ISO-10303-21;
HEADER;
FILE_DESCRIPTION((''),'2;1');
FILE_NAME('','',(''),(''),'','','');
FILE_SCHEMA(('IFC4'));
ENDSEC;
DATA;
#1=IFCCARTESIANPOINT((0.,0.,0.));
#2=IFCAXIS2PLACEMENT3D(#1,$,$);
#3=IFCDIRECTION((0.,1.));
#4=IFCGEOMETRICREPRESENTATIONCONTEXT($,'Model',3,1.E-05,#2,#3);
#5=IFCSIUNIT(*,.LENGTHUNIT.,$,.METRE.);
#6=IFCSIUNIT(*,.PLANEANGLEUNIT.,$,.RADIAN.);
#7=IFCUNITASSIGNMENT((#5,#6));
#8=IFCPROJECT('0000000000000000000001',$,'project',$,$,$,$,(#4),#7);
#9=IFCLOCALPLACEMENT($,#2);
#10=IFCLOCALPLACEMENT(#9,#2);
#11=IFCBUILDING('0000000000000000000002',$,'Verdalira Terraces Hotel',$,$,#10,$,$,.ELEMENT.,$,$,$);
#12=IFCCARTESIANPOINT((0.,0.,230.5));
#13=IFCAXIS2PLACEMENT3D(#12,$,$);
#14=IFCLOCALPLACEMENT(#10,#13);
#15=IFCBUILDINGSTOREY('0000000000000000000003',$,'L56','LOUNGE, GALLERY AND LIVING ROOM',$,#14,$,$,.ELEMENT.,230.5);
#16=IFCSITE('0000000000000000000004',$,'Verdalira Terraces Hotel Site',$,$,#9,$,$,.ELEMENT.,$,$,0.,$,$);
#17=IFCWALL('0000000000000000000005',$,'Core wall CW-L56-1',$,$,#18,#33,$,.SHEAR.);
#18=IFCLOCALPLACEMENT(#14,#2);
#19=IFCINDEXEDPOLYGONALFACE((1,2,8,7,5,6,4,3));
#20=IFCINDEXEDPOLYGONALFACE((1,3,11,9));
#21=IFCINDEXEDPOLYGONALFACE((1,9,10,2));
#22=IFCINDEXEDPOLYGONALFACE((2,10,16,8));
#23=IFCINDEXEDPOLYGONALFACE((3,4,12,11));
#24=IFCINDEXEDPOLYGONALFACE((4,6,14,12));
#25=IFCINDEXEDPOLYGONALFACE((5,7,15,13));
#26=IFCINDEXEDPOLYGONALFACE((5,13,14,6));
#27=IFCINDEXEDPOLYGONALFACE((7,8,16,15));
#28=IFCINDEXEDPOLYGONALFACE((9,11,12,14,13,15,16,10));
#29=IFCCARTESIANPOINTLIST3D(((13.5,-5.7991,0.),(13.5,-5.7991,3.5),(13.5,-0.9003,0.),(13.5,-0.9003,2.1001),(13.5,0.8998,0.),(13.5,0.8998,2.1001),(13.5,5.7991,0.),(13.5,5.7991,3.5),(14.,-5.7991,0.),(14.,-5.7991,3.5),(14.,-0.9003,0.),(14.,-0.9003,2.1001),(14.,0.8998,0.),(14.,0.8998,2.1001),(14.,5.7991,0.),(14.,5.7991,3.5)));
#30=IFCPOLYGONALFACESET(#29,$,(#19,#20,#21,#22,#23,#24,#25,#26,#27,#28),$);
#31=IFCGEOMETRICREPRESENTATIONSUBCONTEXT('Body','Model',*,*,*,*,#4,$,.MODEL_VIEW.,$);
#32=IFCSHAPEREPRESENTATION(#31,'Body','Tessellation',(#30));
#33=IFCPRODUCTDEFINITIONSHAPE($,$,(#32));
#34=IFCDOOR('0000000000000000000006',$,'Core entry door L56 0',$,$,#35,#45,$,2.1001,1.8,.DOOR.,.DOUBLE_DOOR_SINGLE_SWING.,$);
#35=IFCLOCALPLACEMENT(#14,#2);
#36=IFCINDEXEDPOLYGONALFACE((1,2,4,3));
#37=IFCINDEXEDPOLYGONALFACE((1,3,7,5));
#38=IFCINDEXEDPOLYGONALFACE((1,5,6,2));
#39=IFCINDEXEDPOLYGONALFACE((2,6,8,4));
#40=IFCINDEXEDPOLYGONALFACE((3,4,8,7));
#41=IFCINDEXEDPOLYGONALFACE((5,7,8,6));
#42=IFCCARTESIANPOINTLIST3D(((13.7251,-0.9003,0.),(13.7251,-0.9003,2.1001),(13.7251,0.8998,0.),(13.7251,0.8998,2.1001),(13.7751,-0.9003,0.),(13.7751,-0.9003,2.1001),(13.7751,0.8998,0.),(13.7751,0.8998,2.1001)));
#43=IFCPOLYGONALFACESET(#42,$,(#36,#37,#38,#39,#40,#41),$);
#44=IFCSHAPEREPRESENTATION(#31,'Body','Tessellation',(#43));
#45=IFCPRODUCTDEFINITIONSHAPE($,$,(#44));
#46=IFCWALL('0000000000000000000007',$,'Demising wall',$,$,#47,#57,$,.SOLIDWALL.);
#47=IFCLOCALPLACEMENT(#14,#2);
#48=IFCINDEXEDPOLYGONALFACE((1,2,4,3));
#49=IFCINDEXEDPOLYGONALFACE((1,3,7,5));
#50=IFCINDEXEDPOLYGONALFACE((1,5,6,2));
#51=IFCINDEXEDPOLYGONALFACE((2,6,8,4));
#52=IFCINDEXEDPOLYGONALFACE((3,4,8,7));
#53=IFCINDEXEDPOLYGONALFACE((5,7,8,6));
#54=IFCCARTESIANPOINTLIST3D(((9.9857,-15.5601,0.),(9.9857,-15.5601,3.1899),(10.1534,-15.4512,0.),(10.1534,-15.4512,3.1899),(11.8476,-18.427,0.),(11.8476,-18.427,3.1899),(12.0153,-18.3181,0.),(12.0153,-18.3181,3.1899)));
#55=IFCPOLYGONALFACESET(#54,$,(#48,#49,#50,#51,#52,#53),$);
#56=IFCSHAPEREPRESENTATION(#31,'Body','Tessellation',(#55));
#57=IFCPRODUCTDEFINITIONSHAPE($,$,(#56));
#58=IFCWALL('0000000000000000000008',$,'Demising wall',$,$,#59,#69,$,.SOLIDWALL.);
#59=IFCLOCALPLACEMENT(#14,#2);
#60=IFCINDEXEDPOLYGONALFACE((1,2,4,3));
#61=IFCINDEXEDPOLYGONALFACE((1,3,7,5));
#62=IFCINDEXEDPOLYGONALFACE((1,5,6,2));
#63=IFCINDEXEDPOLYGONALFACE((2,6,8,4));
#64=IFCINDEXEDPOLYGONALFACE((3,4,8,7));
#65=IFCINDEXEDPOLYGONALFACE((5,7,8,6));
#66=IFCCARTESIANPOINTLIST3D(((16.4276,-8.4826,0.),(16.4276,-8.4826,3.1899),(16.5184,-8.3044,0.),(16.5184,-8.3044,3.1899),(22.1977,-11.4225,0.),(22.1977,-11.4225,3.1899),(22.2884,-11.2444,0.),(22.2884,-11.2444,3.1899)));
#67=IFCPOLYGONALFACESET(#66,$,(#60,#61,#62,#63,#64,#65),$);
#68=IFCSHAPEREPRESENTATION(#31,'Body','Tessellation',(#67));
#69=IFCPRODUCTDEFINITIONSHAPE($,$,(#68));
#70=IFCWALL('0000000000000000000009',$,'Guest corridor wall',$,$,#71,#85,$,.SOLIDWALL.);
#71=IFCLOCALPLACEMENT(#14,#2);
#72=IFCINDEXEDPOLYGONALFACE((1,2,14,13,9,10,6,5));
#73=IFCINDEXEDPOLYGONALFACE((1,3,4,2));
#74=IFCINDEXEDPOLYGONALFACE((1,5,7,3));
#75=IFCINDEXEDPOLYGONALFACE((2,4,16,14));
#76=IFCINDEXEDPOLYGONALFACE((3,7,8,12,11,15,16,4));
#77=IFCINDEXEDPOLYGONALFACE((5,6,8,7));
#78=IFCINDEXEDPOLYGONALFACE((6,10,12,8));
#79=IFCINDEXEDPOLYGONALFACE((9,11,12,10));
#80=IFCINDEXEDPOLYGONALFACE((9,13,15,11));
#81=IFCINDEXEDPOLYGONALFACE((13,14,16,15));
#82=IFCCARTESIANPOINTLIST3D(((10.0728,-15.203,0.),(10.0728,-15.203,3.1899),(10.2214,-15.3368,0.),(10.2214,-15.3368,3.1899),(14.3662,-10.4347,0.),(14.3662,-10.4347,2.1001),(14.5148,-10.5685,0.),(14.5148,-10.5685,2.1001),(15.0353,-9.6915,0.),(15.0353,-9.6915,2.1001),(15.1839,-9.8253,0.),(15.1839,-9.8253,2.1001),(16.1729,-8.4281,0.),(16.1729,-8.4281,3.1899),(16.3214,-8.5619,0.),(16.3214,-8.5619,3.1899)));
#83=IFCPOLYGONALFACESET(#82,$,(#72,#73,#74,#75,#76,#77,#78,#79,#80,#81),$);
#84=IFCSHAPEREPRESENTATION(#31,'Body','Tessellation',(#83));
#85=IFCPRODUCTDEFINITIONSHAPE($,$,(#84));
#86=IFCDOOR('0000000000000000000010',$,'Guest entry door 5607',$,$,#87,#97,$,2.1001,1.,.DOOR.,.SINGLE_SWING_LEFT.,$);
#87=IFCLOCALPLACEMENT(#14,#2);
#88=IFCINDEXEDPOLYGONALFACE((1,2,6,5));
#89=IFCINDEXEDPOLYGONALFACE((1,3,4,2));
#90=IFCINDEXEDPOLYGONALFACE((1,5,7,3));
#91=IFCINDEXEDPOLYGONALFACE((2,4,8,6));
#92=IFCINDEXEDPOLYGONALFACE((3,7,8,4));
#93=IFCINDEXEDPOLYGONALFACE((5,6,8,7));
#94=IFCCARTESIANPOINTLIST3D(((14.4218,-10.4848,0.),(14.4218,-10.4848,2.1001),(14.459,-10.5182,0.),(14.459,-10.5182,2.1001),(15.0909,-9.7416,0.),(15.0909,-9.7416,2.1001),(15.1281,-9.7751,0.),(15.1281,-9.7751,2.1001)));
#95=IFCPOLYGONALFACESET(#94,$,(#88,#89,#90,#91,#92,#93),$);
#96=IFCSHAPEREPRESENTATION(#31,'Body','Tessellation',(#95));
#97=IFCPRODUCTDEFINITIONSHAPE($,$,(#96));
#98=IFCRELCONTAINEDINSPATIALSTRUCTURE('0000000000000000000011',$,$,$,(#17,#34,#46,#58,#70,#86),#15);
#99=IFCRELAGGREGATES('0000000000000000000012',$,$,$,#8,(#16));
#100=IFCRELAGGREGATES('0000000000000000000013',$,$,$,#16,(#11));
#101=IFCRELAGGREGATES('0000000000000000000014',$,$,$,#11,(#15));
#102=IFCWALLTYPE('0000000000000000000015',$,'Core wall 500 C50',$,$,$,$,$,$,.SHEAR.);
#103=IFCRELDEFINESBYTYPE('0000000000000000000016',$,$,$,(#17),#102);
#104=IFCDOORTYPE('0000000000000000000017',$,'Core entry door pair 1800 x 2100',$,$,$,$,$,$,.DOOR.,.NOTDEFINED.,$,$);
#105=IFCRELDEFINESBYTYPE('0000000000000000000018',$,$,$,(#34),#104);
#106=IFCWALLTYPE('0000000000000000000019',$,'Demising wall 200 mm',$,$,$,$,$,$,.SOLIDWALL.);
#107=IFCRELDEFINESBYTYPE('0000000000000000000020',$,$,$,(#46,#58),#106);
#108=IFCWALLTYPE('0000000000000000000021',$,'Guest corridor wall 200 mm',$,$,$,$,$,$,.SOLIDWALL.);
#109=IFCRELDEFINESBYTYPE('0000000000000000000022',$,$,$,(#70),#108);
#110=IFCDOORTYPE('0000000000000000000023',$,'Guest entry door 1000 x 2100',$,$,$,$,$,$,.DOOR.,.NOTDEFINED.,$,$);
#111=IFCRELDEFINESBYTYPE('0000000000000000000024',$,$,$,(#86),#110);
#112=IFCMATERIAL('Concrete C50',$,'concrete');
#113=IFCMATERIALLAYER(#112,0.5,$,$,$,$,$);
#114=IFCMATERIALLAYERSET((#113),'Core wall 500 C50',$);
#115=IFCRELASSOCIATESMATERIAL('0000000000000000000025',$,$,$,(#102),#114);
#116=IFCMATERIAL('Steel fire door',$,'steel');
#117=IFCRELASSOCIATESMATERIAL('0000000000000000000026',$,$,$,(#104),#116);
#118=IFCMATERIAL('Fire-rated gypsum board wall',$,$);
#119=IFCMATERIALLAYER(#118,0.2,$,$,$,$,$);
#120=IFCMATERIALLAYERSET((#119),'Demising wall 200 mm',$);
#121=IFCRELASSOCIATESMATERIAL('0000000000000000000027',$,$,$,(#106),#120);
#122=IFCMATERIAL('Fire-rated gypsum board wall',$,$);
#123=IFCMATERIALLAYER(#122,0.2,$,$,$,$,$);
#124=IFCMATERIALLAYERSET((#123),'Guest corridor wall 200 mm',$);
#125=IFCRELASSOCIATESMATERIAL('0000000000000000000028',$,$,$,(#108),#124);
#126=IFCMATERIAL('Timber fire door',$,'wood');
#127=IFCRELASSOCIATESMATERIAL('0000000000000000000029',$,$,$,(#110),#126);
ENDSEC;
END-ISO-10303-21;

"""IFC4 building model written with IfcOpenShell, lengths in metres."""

from ifc_helpers import new_model, si_unit, direction, frame, frame_2d, origin, place, context, subcontext, project, spatial, rectangle, extrude, material, layer, layer_set, type_object, element, fill, save


model = new_model("IFC4")

# Units and contexts
model_context = context("Model", 3, precision=1e-05, world=origin(), true_north=direction((0.0, 1.0)))
body_context = subcontext(model_context, "Body", "Model", "MODEL_VIEW")
ifc_project = project(units=[si_unit("LENGTHUNIT", "METRE"), si_unit("PLANEANGLEUNIT", "RADIAN")], contexts=[model_context])

# Site, building, storey
site_placement = place(None, origin())
site = spatial("IfcSite", under=ifc_project, at=site_placement, Name="Verdalira Terraces Hotel Site", CompositionType="ELEMENT", RefElevation=0.0)
building_placement = place(site_placement, origin())
building = spatial("IfcBuilding", under=site, at=building_placement, Name="Verdalira Terraces Hotel", CompositionType="ELEMENT")
storey_placement = place(building_placement, frame((0.0, 0.0, 230.5)))
storey = spatial("IfcBuildingStorey", under=building, at=storey_placement, Name="L56", Description="LOUNGE, GALLERY AND LIVING ROOM", CompositionType="ELEMENT", Elevation=230.5)

# Wall, opening, door
ifc_material_1 = material(Name="Concrete C50", Category="concrete")
ifc_layer_1 = layer(ifc_material_1, 0.5)
ifc_layer_set_1 = layer_set([ifc_layer_1], Name="Core wall 500 C50")
wall_type_1 = type_object("IfcWallType", Name="Core wall 500 C50", PredefinedType="SHEAR", material=ifc_layer_set_1)
wall_1_placement = place(storey_placement, frame((13.75, -5.7991, 0.0), z_axis=(0.0, 0.0, 1.0), x_axis=(0.0, 1.0, 0.0)))
wall_1 = element("IfcWall", 1, at=wall_1_placement, inside=storey, type_object=wall_type_1, Name="Core wall CW-L56-1", PredefinedType="SHEAR", context=body_context, shape_type="SweptSolid", body=[
    extrude(rectangle(XDim=11.5981, YDim=0.5, at=frame_2d((5.7991, 0.0))), origin(), (0.0, 0.0, 1.0), 3.5),
])
opening_1_placement = place(wall_1_placement, frame((4.8989, 0.0, 0.0)))
opening_1 = element("IfcOpeningElement", 2, at=opening_1_placement, cuts=wall_1, PredefinedType="OPENING", context=body_context, shape_type="SweptSolid", body=[
    extrude(rectangle(XDim=1.8, YDim=2.1001, at=frame_2d((0.8999, 1.05))), frame((0.0, 0.26, 0.0), z_axis=(0.0, -1.0, 0.0), x_axis=(1.0, 0.0, 0.0)), (0.0, 0.0, 1.0), 0.52),
])
ifc_material_2 = material(Name="Steel fire door", Category="steel")
door_type_1 = type_object("IfcDoorType", Name="Core entry door pair 1800 x 2100", OperationType="NOTDEFINED", PredefinedType="DOOR", material=ifc_material_2)
door_1_placement = place(opening_1_placement, origin())
door_1 = element("IfcDoor", 3, at=door_1_placement, inside=storey, type_object=door_type_1, Name="Core entry door L56 0", OperationType="DOUBLE_DOOR_SINGLE_SWING", OverallHeight=2.1001, OverallWidth=1.8, PredefinedType="DOOR", context=body_context, shape_type="SweptSolid", body=[
    extrude(rectangle(XDim=1.8, YDim=2.1001, at=frame_2d((0.8999, 1.05))), frame((0.0, 0.0249, 0.0), z_axis=(0.0, -1.0, 0.0), x_axis=(1.0, 0.0, 0.0)), (0.0, 0.0, 1.0), 0.05),
])
fill(opening_1, door_1)

# Walls
ifc_material_3 = material(Name="Fire-rated gypsum board wall")
ifc_layer_2 = layer(ifc_material_3, 0.2)
ifc_layer_set_2 = layer_set([ifc_layer_2], Name="Demising wall 200 mm")
wall_type_2 = type_object("IfcWallType", Name="Demising wall 200 mm", PredefinedType="SOLIDWALL", material=ifc_layer_set_2)
wall_2_placement = place(storey_placement, frame((10.0696, -15.5056, 0.0), z_axis=(0.0, 0.0, 1.0), x_axis=(0.544639, -0.83867, 0.0)))
element("IfcWall", 4, at=wall_2_placement, inside=storey, type_object=wall_type_2, Name="Demising wall", PredefinedType="SOLIDWALL", context=body_context, shape_type="SweptSolid", body=[
    extrude(rectangle(XDim=3.4185, YDim=0.2, at=frame_2d((1.7092, 0.0))), origin(), (0.0, 0.0, 1.0), 3.1899),
])
wall_3_placement = place(storey_placement, frame((16.4731, -8.3936, 0.0), z_axis=(0.0, 0.0, 1.0), x_axis=(0.891008, -0.453987, 0.0)))
element("IfcWall", 5, at=wall_3_placement, inside=storey, type_object=wall_type_2, Name="Demising wall", PredefinedType="SOLIDWALL", context=body_context, shape_type="SweptSolid", body=[
    extrude(rectangle(XDim=6.4758, YDim=0.2, at=frame_2d((3.2378, 0.0))), origin(), (0.0, 0.0, 1.0), 3.1899),
])

# Wall, opening, door
ifc_material_4 = material(Name="Fire-rated gypsum board wall")
ifc_layer_3 = layer(ifc_material_4, 0.2)
ifc_layer_set_3 = layer_set([ifc_layer_3], Name="Guest corridor wall 200 mm")
wall_type_3 = type_object("IfcWallType", Name="Guest corridor wall 200 mm", PredefinedType="SOLIDWALL", material=ifc_layer_set_3)
wall_4_placement = place(storey_placement, frame((16.2471, -8.4951, 0.0), z_axis=(0.0, 0.0, 1.0), x_axis=(-0.669127, -0.743148, 0.0)))
wall_4 = element("IfcWall", 6, at=wall_4_placement, inside=storey, type_object=wall_type_3, Name="Guest corridor wall", PredefinedType="SOLIDWALL", context=body_context, shape_type="SweptSolid", body=[
    extrude(rectangle(XDim=9.1165, YDim=0.2, at=frame_2d((4.5581, 0.0))), origin(), (0.0, 0.0, 1.0), 3.1899),
])
opening_2_placement = place(wall_4_placement, frame((1.7, 0.0, 0.0)))
opening_2 = element("IfcOpeningElement", 7, at=opening_2_placement, cuts=wall_4, PredefinedType="OPENING", context=body_context, shape_type="SweptSolid", body=[
    extrude(rectangle(XDim=1.0, YDim=2.1001, at=frame_2d((0.5, 1.05))), frame((0.0, 0.1099, 0.0), z_axis=(0.0, -1.0, 0.0), x_axis=(1.0, 0.0, 0.0)), (0.0, 0.0, 1.0), 0.22),
])
ifc_material_5 = material(Name="Timber fire door", Category="wood")
door_type_2 = type_object("IfcDoorType", Name="Guest entry door 1000 x 2100", OperationType="NOTDEFINED", PredefinedType="DOOR", material=ifc_material_5)
door_2_placement = place(opening_2_placement, origin())
door_2 = element("IfcDoor", 8, at=door_2_placement, inside=storey, type_object=door_type_2, Name="Guest entry door 5607", OperationType="SINGLE_SWING_LEFT", OverallHeight=2.1001, OverallWidth=1.0, PredefinedType="DOOR", context=body_context, shape_type="SweptSolid", body=[
    extrude(rectangle(XDim=1.0, YDim=2.1001, at=frame_2d((0.5, 1.05))), frame((0.0, 0.0249, 0.0), z_axis=(0.0, -1.0, 0.0), x_axis=(1.0, 0.0, 0.0)), (0.0, 0.0, 1.0), 0.05),
])
fill(opening_2, door_2)

save(model, "model.ifc")
